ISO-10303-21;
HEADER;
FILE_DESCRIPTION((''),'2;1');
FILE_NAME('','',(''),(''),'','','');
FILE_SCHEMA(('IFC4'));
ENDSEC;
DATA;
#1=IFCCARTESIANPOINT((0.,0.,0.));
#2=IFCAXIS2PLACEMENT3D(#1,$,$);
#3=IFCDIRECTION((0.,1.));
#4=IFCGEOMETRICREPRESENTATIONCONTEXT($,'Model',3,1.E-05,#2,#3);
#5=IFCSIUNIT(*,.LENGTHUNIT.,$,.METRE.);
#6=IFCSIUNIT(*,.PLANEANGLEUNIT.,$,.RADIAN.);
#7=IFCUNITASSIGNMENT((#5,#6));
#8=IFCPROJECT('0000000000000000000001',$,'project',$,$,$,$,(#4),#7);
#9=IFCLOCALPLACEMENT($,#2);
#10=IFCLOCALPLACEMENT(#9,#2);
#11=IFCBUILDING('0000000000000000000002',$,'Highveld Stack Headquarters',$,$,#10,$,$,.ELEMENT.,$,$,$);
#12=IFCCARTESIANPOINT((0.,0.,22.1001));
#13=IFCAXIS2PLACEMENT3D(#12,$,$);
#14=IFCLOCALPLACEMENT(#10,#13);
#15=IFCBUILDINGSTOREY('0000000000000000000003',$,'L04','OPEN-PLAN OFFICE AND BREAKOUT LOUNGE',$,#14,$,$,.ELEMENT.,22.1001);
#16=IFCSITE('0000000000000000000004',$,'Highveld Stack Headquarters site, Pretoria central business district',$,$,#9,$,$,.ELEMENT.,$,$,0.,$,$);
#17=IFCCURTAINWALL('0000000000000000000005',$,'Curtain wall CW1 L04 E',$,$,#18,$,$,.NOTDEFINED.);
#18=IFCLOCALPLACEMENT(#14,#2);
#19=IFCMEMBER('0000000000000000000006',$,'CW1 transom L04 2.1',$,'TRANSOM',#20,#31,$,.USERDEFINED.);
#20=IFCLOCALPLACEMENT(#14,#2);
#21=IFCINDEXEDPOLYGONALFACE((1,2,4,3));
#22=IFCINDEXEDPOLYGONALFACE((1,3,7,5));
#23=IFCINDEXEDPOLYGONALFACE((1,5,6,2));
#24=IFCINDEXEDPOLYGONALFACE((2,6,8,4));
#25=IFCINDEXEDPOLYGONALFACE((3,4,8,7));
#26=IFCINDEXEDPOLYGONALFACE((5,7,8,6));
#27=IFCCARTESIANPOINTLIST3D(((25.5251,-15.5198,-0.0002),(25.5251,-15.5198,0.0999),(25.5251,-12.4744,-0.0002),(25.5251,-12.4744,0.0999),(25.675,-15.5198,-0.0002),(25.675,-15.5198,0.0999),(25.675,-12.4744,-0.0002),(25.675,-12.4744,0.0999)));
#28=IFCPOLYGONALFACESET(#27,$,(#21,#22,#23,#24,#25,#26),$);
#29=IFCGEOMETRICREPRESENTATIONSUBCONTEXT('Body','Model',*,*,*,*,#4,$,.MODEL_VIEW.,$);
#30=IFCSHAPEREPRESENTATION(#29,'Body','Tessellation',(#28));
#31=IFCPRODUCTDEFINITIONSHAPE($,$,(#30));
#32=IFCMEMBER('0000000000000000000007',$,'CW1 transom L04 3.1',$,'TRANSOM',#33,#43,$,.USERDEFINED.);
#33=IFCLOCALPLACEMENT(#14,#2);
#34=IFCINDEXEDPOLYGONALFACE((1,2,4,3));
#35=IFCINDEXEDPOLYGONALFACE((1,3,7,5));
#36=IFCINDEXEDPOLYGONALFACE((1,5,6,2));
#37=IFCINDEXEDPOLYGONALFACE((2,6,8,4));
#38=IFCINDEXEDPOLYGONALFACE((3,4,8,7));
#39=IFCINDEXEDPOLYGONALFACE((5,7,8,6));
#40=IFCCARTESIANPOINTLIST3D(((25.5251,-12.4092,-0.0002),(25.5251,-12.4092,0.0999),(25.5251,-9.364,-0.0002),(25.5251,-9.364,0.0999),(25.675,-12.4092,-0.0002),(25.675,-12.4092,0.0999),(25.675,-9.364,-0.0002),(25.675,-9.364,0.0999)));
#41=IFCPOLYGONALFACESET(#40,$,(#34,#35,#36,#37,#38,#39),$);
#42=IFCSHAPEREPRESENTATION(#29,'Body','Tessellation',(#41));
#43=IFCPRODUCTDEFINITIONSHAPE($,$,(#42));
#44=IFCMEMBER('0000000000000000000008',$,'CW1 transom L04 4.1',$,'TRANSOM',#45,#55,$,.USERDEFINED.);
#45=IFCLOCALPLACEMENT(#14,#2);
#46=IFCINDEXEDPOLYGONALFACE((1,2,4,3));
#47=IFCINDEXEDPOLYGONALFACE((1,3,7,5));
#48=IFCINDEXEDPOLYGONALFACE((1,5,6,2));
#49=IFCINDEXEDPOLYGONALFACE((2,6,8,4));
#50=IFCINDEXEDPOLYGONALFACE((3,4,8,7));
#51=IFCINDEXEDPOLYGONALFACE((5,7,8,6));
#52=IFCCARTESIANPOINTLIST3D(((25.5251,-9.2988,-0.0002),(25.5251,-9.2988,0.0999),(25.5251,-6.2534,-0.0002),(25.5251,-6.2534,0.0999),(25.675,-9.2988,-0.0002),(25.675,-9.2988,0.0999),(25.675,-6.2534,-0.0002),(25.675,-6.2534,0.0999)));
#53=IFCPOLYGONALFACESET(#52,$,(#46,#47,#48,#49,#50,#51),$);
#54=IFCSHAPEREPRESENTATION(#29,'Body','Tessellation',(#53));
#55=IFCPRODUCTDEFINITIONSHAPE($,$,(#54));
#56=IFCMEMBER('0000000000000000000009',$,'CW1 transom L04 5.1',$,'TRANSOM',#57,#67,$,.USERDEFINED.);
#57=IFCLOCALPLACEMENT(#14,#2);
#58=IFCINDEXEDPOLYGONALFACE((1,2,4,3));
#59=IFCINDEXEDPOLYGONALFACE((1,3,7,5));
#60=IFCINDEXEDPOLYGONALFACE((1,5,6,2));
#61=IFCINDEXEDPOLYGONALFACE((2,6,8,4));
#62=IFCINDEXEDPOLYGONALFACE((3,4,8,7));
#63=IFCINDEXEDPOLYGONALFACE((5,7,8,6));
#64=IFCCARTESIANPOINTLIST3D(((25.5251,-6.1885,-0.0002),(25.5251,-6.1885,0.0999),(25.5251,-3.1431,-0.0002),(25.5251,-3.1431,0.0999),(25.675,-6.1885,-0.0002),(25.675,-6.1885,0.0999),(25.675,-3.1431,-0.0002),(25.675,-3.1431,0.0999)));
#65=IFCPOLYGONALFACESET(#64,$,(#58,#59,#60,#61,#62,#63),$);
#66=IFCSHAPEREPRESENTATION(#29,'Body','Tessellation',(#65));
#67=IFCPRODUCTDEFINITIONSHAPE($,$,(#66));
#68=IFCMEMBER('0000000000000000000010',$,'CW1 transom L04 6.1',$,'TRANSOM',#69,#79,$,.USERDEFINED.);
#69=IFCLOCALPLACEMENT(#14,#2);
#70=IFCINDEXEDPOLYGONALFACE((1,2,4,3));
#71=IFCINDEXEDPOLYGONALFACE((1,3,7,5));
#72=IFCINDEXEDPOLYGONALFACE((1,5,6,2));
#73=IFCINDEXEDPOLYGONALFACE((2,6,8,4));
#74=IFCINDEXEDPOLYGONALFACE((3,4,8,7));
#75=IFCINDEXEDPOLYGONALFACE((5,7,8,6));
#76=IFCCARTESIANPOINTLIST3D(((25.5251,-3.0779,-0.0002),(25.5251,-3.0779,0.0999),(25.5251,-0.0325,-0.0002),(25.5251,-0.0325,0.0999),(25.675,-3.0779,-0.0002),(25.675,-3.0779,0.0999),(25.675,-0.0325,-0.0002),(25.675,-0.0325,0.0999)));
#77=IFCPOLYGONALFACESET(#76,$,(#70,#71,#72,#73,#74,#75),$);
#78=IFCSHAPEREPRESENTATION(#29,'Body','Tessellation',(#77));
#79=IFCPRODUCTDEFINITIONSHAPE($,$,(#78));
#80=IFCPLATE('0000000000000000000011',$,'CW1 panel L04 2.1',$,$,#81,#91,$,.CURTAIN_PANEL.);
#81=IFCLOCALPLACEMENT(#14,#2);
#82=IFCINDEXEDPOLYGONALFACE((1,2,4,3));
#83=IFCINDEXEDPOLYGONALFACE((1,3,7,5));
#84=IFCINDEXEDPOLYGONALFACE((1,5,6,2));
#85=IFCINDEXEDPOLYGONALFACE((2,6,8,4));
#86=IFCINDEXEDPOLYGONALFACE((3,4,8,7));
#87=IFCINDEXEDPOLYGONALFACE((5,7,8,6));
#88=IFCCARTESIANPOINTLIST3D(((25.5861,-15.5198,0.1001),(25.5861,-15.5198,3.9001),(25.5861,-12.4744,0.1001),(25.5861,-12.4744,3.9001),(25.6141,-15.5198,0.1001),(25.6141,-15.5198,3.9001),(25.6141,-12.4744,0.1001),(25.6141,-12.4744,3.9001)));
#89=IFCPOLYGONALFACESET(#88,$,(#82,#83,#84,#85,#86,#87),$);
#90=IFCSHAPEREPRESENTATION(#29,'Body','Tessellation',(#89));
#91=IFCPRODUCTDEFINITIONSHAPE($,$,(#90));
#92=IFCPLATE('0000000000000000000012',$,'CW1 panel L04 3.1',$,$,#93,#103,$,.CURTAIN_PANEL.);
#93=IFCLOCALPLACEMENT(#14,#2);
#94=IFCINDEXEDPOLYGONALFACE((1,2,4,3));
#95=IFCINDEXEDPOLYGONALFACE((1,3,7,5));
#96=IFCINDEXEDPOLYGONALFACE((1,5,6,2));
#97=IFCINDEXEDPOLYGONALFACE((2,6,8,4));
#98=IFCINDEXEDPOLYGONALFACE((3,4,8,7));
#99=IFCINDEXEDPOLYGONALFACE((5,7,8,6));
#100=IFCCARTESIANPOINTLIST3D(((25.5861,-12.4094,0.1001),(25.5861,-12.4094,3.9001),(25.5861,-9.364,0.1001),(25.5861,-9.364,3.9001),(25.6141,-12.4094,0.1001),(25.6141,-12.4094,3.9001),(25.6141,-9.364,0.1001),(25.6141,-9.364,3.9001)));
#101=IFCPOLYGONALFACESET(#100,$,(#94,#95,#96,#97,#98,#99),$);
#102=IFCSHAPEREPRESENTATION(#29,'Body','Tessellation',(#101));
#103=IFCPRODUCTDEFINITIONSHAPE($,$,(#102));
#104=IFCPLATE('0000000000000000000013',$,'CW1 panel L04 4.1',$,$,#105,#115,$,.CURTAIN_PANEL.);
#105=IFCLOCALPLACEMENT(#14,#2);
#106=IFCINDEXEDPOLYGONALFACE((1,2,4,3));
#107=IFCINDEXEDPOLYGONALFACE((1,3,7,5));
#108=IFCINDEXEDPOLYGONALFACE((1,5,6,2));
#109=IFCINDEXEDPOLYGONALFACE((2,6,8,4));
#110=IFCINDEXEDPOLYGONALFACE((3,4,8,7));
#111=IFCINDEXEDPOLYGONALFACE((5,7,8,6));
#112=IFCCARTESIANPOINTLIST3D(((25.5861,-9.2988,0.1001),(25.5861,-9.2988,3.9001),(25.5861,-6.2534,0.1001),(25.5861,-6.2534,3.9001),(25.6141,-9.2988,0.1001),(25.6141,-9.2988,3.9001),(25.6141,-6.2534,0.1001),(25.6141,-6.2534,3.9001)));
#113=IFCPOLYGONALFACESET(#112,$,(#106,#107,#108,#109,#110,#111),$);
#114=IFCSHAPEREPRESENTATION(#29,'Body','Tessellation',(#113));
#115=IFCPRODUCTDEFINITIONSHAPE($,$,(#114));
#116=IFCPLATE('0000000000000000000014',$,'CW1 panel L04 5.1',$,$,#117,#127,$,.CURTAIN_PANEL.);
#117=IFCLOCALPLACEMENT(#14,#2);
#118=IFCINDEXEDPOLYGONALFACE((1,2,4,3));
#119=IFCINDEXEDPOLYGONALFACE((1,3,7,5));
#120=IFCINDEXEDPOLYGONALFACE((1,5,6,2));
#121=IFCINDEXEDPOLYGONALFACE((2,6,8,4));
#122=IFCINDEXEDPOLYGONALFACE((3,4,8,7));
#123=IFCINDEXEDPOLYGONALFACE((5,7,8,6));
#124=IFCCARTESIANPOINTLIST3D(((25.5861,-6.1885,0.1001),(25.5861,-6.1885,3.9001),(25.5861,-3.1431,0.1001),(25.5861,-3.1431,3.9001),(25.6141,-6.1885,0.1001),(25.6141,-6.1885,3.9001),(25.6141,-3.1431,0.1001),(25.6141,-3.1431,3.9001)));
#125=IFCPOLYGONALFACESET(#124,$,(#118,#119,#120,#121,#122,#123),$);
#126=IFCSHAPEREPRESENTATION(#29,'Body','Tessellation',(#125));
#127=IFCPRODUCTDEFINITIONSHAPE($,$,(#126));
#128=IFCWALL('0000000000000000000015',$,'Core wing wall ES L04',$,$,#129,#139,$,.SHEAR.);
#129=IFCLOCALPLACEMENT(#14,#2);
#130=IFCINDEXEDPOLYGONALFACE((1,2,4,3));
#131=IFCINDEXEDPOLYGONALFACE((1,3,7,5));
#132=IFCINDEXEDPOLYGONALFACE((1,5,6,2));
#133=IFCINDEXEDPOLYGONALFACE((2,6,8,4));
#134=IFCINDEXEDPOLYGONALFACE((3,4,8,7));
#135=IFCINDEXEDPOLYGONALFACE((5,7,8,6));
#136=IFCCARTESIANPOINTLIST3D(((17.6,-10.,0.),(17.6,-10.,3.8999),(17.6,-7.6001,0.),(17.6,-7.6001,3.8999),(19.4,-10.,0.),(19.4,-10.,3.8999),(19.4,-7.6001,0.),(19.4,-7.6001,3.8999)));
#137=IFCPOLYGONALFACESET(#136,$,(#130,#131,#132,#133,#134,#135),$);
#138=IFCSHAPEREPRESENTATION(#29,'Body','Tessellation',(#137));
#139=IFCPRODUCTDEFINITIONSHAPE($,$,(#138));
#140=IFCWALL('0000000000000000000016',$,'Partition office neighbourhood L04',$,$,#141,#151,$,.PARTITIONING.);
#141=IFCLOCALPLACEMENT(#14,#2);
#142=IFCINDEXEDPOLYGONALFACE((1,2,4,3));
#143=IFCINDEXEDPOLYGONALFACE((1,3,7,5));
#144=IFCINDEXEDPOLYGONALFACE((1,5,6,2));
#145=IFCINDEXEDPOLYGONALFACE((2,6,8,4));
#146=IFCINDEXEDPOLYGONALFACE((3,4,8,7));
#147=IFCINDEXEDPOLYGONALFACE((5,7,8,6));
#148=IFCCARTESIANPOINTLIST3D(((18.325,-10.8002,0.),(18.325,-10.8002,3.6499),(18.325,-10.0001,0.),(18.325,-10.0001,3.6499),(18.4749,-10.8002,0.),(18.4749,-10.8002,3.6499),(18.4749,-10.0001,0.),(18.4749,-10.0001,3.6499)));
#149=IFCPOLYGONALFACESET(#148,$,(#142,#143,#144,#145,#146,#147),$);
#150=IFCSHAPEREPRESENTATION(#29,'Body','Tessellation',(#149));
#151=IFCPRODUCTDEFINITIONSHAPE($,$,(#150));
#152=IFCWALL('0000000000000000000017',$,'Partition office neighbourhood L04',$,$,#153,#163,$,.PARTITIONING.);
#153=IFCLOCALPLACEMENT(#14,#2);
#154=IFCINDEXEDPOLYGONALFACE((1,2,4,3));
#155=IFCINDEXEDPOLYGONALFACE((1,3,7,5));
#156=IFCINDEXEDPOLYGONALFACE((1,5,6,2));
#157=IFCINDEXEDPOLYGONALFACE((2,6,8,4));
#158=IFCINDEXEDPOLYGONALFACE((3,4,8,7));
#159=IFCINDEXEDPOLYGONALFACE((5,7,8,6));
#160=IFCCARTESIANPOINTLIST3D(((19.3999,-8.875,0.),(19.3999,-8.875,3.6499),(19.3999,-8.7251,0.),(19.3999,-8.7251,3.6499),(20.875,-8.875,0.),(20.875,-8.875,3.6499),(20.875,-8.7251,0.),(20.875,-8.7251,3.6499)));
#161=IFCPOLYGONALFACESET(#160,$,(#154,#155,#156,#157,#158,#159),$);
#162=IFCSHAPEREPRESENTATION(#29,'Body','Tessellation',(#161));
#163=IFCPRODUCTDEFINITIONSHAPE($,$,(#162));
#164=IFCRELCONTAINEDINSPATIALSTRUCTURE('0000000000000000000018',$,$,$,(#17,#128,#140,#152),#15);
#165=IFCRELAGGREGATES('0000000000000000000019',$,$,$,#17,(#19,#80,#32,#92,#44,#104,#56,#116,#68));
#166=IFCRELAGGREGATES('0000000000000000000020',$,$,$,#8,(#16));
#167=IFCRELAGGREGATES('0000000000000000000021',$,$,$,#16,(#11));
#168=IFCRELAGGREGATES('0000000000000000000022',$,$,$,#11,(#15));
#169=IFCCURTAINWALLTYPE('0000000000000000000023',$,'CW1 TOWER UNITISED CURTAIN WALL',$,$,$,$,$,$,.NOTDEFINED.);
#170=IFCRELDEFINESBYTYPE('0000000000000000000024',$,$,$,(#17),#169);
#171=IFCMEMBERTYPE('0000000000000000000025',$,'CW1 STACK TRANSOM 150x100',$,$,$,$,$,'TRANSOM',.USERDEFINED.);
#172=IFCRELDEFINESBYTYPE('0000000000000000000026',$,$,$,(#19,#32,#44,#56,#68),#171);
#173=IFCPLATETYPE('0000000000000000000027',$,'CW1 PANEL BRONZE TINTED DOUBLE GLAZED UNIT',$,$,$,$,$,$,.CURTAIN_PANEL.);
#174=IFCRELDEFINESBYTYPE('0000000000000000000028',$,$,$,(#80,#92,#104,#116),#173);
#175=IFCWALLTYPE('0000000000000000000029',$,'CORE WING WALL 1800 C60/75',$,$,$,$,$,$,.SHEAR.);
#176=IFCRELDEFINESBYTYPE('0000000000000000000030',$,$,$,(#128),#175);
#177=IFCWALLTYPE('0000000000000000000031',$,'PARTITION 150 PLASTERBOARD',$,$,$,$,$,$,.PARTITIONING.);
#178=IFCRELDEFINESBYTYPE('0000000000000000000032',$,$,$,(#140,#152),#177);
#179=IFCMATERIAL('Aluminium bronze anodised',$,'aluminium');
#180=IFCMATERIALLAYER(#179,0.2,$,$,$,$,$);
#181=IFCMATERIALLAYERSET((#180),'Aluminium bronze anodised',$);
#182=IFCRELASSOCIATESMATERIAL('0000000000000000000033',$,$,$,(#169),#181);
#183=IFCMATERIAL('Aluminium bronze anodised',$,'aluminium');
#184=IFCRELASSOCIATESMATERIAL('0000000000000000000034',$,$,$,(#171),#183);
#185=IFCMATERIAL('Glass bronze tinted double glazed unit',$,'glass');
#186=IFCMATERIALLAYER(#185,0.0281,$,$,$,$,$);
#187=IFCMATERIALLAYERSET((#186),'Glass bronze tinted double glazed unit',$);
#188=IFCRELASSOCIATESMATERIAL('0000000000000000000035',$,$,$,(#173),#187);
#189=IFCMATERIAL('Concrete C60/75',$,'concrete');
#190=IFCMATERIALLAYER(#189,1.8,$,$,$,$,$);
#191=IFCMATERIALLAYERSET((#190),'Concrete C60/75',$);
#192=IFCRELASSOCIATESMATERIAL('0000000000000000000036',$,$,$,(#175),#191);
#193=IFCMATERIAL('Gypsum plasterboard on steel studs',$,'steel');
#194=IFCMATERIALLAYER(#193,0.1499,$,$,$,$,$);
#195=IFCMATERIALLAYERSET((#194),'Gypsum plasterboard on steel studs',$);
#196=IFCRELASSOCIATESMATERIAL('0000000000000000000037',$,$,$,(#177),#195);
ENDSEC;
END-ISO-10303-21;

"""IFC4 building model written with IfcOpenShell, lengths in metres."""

from ifc_helpers import new_model, si_unit, direction, frame, frame_2d, origin, origin_2d, place, context, subcontext, project, spatial, rectangle, extrude, material, layer, layer_set, material_profile, profile_set, type_object, element, aggregate, save


model = new_model("IFC4")

# Units and contexts
model_context = context("Model", 3, precision=1e-05, world=origin(), true_north=direction((0.0, 1.0)))
body_context = subcontext(model_context, "Body", "Model", "MODEL_VIEW")
ifc_project = project(units=[si_unit("LENGTHUNIT", "METRE"), si_unit("PLANEANGLEUNIT", "RADIAN")], contexts=[model_context])

# Site, building, storey
site_placement = place(None, origin())
site = spatial("IfcSite", under=ifc_project, at=site_placement, Name="Highveld Stack Headquarters site, Pretoria central business district", CompositionType="ELEMENT", RefElevation=0.0)
building_placement = place(site_placement, origin())
building = spatial("IfcBuilding", under=site, at=building_placement, Name="Highveld Stack Headquarters", CompositionType="ELEMENT")
storey_placement = place(building_placement, frame((0.0, 0.0, 22.1001)))
storey = spatial("IfcBuildingStorey", under=building, at=storey_placement, Name="L04", Description="OPEN-PLAN OFFICE AND BREAKOUT LOUNGE", CompositionType="ELEMENT", Elevation=22.1001)

# Curtain wall, members, plates
ifc_material_1 = material(Name="Aluminium bronze anodised", Category="aluminium")
ifc_layer_1 = layer(ifc_material_1, 0.2)
ifc_layer_set_1 = layer_set([ifc_layer_1], Name="Aluminium bronze anodised")
curtain_wall_type = type_object("IfcCurtainWallType", Name="CW1 TOWER UNITISED CURTAIN WALL", PredefinedType="NOTDEFINED", material=ifc_layer_set_1)
curtain_wall_placement = place(storey_placement, origin())
curtain_wall = element("IfcCurtainWall", 1, at=curtain_wall_placement, inside=storey, type_object=curtain_wall_type, Name="Curtain wall CW1 L04 E", PredefinedType="NOTDEFINED")
ifc_material_2 = material(Name="Aluminium bronze anodised", Category="aluminium")
ifc_material_profile_1 = material_profile(ifc_material_2, rectangle(XDim=0.1499, YDim=0.1001, at=origin_2d()), Name="CW1 TRANSOM 150x100")
ifc_profile_set_1 = profile_set([ifc_material_profile_1], Name="Aluminium bronze anodised")
member_type_1 = type_object("IfcMemberType", Name="CW1 STACK TRANSOM 150x100", ElementType="TRANSOM", PredefinedType="USERDEFINED", material=ifc_profile_set_1)
member_1_placement = place(storey_placement, frame((25.6001, -15.5198, 0.0498), z_axis=(0.0, 1.0, 0.0), x_axis=(-1.0, 0.0, 0.0)))
member_1 = element("IfcMember", 2, at=member_1_placement, type_object=member_type_1, Name="CW1 transom L04 2.1", ObjectType="TRANSOM", PredefinedType="USERDEFINED", context=body_context, shape_type="SweptSolid", body=[
    extrude(rectangle(XDim=0.1499, YDim=0.1001, at=origin_2d()), origin(), (0.0, 0.0, 1.0), 3.0454),
])
member_2_placement = place(storey_placement, frame((25.6001, -12.4092, 0.0498), z_axis=(0.0, 1.0, 0.0), x_axis=(-1.0, 0.0, 0.0)))
member_2 = element("IfcMember", 3, at=member_2_placement, type_object=member_type_1, Name="CW1 transom L04 3.1", ObjectType="TRANSOM", PredefinedType="USERDEFINED", context=body_context, shape_type="SweptSolid", body=[
    extrude(rectangle(XDim=0.1499, YDim=0.1001, at=origin_2d()), origin(), (0.0, 0.0, 1.0), 3.0452),
])
member_3_placement = place(storey_placement, frame((25.6001, -9.2988, 0.0498), z_axis=(0.0, 1.0, 0.0), x_axis=(-1.0, 0.0, 0.0)))
member_3 = element("IfcMember", 4, at=member_3_placement, type_object=member_type_1, Name="CW1 transom L04 4.1", ObjectType="TRANSOM", PredefinedType="USERDEFINED", context=body_context, shape_type="SweptSolid", body=[
    extrude(rectangle(XDim=0.1499, YDim=0.1001, at=origin_2d()), origin(), (0.0, 0.0, 1.0), 3.0454),
])
member_4_placement = place(storey_placement, frame((25.6001, -6.1885, 0.0498), z_axis=(0.0, 1.0, 0.0), x_axis=(-1.0, 0.0, 0.0)))
member_4 = element("IfcMember", 5, at=member_4_placement, type_object=member_type_1, Name="CW1 transom L04 5.1", ObjectType="TRANSOM", PredefinedType="USERDEFINED", context=body_context, shape_type="SweptSolid", body=[
    extrude(rectangle(XDim=0.1499, YDim=0.1001, at=origin_2d()), origin(), (0.0, 0.0, 1.0), 3.0454),
])
member_5_placement = place(storey_placement, frame((25.6001, -3.0779, 0.0498), z_axis=(0.0, 1.0, 0.0), x_axis=(-1.0, 0.0, 0.0)))
member_5 = element("IfcMember", 6, at=member_5_placement, type_object=member_type_1, Name="CW1 transom L04 6.1", ObjectType="TRANSOM", PredefinedType="USERDEFINED", context=body_context, shape_type="SweptSolid", body=[
    extrude(rectangle(XDim=0.1499, YDim=0.1001, at=origin_2d()), origin(), (0.0, 0.0, 1.0), 3.0454),
])
ifc_material_3 = material(Name="Glass bronze tinted double glazed unit", Category="glass")
ifc_layer_2 = layer(ifc_material_3, 0.0281)
ifc_layer_set_2 = layer_set([ifc_layer_2], Name="Glass bronze tinted double glazed unit")
plate_type = type_object("IfcPlateType", Name="CW1 PANEL BRONZE TINTED DOUBLE GLAZED UNIT", PredefinedType="CURTAIN_PANEL", material=ifc_layer_set_2)
plate_1_placement = place(storey_placement, frame((25.6001, -13.9971, 0.1001), z_axis=(0.0, 0.0, 1.0), x_axis=(0.0, 1.0, 0.0)))
plate_1 = element("IfcPlate", 7, at=plate_1_placement, type_object=plate_type, Name="CW1 panel L04 2.1", PredefinedType="CURTAIN_PANEL", context=body_context, shape_type="SweptSolid", body=[
    extrude(rectangle(XDim=3.0454, YDim=0.0281, at=origin_2d()), origin(), (0.0, 0.0, 1.0), 3.8),
])
plate_2_placement = place(storey_placement, frame((25.6001, -10.8867, 0.1001), z_axis=(0.0, 0.0, 1.0), x_axis=(0.0, 1.0, 0.0)))
plate_2 = element("IfcPlate", 8, at=plate_2_placement, type_object=plate_type, Name="CW1 panel L04 3.1", PredefinedType="CURTAIN_PANEL", context=body_context, shape_type="SweptSolid", body=[
    extrude(rectangle(XDim=3.0454, YDim=0.0281, at=origin_2d()), origin(), (0.0, 0.0, 1.0), 3.8),
])
plate_3_placement = place(storey_placement, frame((25.6001, -7.7761, 0.1001), z_axis=(0.0, 0.0, 1.0), x_axis=(0.0, 1.0, 0.0)))
plate_3 = element("IfcPlate", 9, at=plate_3_placement, type_object=plate_type, Name="CW1 panel L04 4.1", PredefinedType="CURTAIN_PANEL", context=body_context, shape_type="SweptSolid", body=[
    extrude(rectangle(XDim=3.0454, YDim=0.0281, at=origin_2d()), origin(), (0.0, 0.0, 1.0), 3.8),
])
plate_4_placement = place(storey_placement, frame((25.6001, -4.6658, 0.1001), z_axis=(0.0, 0.0, 1.0), x_axis=(0.0, 1.0, 0.0)))
plate_4 = element("IfcPlate", 10, at=plate_4_placement, type_object=plate_type, Name="CW1 panel L04 5.1", PredefinedType="CURTAIN_PANEL", context=body_context, shape_type="SweptSolid", body=[
    extrude(rectangle(XDim=3.0454, YDim=0.0281, at=origin_2d()), origin(), (0.0, 0.0, 1.0), 3.8),
])
aggregate(curtain_wall, [member_1, plate_1, member_2, plate_2, member_3, plate_3, member_4, plate_4, member_5])

# Walls
ifc_material_4 = material(Name="Concrete C60/75", Category="concrete")
ifc_layer_3 = layer(ifc_material_4, 1.8)
ifc_layer_set_3 = layer_set([ifc_layer_3], Name="Concrete C60/75")
wall_type_1 = type_object("IfcWallType", Name="CORE WING WALL 1800 C60/75", PredefinedType="SHEAR", material=ifc_layer_set_3)
wall_1_placement = place(storey_placement, frame((18.5, -10.0, 0.0), z_axis=(0.0, 0.0, 1.0), x_axis=(0.0, 1.0, 0.0)))
element("IfcWall", 11, at=wall_1_placement, inside=storey, type_object=wall_type_1, Name="Core wing wall ES L04", PredefinedType="SHEAR", context=body_context, shape_type="SweptSolid", body=[
    extrude(rectangle(XDim=2.3999, YDim=1.8, at=frame_2d((1.2, 0.0))), origin(), (0.0, 0.0, 1.0), 3.8999),
])
ifc_material_5 = material(Name="Gypsum plasterboard on steel studs", Category="steel")
ifc_layer_4 = layer(ifc_material_5, 0.1499)
ifc_layer_set_4 = layer_set([ifc_layer_4], Name="Gypsum plasterboard on steel studs")
wall_type_2 = type_object("IfcWallType", Name="PARTITION 150 PLASTERBOARD", PredefinedType="PARTITIONING", material=ifc_layer_set_4)
wall_2_placement = place(storey_placement, frame((18.3999, -10.8, 0.0), z_axis=(0.0, 0.0, 1.0), x_axis=(0.0, 1.0, 0.0)))
element("IfcWall", 12, at=wall_2_placement, inside=storey, type_object=wall_type_2, Name="Partition office neighbourhood L04", PredefinedType="PARTITIONING", context=body_context, shape_type="SweptSolid", body=[
    extrude(rectangle(XDim=0.8, YDim=0.1499, at=frame_2d((0.3999, 0.0))), origin(), (0.0, 0.0, 1.0), 3.6499),
])
wall_3_placement = place(storey_placement, frame((19.3999, -8.8, 0.0), z_axis=(0.0, 0.0, 1.0), x_axis=(1.0, 0.0, 0.0)))
element("IfcWall", 13, at=wall_3_placement, inside=storey, type_object=wall_type_2, Name="Partition office neighbourhood L04", PredefinedType="PARTITIONING", context=body_context, shape_type="SweptSolid", body=[
    extrude(rectangle(XDim=1.4751, YDim=0.1499, at=frame_2d((0.7375, 0.0))), origin(), (0.0, 0.0, 1.0), 3.6499),
])

save(model, "model.ifc")
